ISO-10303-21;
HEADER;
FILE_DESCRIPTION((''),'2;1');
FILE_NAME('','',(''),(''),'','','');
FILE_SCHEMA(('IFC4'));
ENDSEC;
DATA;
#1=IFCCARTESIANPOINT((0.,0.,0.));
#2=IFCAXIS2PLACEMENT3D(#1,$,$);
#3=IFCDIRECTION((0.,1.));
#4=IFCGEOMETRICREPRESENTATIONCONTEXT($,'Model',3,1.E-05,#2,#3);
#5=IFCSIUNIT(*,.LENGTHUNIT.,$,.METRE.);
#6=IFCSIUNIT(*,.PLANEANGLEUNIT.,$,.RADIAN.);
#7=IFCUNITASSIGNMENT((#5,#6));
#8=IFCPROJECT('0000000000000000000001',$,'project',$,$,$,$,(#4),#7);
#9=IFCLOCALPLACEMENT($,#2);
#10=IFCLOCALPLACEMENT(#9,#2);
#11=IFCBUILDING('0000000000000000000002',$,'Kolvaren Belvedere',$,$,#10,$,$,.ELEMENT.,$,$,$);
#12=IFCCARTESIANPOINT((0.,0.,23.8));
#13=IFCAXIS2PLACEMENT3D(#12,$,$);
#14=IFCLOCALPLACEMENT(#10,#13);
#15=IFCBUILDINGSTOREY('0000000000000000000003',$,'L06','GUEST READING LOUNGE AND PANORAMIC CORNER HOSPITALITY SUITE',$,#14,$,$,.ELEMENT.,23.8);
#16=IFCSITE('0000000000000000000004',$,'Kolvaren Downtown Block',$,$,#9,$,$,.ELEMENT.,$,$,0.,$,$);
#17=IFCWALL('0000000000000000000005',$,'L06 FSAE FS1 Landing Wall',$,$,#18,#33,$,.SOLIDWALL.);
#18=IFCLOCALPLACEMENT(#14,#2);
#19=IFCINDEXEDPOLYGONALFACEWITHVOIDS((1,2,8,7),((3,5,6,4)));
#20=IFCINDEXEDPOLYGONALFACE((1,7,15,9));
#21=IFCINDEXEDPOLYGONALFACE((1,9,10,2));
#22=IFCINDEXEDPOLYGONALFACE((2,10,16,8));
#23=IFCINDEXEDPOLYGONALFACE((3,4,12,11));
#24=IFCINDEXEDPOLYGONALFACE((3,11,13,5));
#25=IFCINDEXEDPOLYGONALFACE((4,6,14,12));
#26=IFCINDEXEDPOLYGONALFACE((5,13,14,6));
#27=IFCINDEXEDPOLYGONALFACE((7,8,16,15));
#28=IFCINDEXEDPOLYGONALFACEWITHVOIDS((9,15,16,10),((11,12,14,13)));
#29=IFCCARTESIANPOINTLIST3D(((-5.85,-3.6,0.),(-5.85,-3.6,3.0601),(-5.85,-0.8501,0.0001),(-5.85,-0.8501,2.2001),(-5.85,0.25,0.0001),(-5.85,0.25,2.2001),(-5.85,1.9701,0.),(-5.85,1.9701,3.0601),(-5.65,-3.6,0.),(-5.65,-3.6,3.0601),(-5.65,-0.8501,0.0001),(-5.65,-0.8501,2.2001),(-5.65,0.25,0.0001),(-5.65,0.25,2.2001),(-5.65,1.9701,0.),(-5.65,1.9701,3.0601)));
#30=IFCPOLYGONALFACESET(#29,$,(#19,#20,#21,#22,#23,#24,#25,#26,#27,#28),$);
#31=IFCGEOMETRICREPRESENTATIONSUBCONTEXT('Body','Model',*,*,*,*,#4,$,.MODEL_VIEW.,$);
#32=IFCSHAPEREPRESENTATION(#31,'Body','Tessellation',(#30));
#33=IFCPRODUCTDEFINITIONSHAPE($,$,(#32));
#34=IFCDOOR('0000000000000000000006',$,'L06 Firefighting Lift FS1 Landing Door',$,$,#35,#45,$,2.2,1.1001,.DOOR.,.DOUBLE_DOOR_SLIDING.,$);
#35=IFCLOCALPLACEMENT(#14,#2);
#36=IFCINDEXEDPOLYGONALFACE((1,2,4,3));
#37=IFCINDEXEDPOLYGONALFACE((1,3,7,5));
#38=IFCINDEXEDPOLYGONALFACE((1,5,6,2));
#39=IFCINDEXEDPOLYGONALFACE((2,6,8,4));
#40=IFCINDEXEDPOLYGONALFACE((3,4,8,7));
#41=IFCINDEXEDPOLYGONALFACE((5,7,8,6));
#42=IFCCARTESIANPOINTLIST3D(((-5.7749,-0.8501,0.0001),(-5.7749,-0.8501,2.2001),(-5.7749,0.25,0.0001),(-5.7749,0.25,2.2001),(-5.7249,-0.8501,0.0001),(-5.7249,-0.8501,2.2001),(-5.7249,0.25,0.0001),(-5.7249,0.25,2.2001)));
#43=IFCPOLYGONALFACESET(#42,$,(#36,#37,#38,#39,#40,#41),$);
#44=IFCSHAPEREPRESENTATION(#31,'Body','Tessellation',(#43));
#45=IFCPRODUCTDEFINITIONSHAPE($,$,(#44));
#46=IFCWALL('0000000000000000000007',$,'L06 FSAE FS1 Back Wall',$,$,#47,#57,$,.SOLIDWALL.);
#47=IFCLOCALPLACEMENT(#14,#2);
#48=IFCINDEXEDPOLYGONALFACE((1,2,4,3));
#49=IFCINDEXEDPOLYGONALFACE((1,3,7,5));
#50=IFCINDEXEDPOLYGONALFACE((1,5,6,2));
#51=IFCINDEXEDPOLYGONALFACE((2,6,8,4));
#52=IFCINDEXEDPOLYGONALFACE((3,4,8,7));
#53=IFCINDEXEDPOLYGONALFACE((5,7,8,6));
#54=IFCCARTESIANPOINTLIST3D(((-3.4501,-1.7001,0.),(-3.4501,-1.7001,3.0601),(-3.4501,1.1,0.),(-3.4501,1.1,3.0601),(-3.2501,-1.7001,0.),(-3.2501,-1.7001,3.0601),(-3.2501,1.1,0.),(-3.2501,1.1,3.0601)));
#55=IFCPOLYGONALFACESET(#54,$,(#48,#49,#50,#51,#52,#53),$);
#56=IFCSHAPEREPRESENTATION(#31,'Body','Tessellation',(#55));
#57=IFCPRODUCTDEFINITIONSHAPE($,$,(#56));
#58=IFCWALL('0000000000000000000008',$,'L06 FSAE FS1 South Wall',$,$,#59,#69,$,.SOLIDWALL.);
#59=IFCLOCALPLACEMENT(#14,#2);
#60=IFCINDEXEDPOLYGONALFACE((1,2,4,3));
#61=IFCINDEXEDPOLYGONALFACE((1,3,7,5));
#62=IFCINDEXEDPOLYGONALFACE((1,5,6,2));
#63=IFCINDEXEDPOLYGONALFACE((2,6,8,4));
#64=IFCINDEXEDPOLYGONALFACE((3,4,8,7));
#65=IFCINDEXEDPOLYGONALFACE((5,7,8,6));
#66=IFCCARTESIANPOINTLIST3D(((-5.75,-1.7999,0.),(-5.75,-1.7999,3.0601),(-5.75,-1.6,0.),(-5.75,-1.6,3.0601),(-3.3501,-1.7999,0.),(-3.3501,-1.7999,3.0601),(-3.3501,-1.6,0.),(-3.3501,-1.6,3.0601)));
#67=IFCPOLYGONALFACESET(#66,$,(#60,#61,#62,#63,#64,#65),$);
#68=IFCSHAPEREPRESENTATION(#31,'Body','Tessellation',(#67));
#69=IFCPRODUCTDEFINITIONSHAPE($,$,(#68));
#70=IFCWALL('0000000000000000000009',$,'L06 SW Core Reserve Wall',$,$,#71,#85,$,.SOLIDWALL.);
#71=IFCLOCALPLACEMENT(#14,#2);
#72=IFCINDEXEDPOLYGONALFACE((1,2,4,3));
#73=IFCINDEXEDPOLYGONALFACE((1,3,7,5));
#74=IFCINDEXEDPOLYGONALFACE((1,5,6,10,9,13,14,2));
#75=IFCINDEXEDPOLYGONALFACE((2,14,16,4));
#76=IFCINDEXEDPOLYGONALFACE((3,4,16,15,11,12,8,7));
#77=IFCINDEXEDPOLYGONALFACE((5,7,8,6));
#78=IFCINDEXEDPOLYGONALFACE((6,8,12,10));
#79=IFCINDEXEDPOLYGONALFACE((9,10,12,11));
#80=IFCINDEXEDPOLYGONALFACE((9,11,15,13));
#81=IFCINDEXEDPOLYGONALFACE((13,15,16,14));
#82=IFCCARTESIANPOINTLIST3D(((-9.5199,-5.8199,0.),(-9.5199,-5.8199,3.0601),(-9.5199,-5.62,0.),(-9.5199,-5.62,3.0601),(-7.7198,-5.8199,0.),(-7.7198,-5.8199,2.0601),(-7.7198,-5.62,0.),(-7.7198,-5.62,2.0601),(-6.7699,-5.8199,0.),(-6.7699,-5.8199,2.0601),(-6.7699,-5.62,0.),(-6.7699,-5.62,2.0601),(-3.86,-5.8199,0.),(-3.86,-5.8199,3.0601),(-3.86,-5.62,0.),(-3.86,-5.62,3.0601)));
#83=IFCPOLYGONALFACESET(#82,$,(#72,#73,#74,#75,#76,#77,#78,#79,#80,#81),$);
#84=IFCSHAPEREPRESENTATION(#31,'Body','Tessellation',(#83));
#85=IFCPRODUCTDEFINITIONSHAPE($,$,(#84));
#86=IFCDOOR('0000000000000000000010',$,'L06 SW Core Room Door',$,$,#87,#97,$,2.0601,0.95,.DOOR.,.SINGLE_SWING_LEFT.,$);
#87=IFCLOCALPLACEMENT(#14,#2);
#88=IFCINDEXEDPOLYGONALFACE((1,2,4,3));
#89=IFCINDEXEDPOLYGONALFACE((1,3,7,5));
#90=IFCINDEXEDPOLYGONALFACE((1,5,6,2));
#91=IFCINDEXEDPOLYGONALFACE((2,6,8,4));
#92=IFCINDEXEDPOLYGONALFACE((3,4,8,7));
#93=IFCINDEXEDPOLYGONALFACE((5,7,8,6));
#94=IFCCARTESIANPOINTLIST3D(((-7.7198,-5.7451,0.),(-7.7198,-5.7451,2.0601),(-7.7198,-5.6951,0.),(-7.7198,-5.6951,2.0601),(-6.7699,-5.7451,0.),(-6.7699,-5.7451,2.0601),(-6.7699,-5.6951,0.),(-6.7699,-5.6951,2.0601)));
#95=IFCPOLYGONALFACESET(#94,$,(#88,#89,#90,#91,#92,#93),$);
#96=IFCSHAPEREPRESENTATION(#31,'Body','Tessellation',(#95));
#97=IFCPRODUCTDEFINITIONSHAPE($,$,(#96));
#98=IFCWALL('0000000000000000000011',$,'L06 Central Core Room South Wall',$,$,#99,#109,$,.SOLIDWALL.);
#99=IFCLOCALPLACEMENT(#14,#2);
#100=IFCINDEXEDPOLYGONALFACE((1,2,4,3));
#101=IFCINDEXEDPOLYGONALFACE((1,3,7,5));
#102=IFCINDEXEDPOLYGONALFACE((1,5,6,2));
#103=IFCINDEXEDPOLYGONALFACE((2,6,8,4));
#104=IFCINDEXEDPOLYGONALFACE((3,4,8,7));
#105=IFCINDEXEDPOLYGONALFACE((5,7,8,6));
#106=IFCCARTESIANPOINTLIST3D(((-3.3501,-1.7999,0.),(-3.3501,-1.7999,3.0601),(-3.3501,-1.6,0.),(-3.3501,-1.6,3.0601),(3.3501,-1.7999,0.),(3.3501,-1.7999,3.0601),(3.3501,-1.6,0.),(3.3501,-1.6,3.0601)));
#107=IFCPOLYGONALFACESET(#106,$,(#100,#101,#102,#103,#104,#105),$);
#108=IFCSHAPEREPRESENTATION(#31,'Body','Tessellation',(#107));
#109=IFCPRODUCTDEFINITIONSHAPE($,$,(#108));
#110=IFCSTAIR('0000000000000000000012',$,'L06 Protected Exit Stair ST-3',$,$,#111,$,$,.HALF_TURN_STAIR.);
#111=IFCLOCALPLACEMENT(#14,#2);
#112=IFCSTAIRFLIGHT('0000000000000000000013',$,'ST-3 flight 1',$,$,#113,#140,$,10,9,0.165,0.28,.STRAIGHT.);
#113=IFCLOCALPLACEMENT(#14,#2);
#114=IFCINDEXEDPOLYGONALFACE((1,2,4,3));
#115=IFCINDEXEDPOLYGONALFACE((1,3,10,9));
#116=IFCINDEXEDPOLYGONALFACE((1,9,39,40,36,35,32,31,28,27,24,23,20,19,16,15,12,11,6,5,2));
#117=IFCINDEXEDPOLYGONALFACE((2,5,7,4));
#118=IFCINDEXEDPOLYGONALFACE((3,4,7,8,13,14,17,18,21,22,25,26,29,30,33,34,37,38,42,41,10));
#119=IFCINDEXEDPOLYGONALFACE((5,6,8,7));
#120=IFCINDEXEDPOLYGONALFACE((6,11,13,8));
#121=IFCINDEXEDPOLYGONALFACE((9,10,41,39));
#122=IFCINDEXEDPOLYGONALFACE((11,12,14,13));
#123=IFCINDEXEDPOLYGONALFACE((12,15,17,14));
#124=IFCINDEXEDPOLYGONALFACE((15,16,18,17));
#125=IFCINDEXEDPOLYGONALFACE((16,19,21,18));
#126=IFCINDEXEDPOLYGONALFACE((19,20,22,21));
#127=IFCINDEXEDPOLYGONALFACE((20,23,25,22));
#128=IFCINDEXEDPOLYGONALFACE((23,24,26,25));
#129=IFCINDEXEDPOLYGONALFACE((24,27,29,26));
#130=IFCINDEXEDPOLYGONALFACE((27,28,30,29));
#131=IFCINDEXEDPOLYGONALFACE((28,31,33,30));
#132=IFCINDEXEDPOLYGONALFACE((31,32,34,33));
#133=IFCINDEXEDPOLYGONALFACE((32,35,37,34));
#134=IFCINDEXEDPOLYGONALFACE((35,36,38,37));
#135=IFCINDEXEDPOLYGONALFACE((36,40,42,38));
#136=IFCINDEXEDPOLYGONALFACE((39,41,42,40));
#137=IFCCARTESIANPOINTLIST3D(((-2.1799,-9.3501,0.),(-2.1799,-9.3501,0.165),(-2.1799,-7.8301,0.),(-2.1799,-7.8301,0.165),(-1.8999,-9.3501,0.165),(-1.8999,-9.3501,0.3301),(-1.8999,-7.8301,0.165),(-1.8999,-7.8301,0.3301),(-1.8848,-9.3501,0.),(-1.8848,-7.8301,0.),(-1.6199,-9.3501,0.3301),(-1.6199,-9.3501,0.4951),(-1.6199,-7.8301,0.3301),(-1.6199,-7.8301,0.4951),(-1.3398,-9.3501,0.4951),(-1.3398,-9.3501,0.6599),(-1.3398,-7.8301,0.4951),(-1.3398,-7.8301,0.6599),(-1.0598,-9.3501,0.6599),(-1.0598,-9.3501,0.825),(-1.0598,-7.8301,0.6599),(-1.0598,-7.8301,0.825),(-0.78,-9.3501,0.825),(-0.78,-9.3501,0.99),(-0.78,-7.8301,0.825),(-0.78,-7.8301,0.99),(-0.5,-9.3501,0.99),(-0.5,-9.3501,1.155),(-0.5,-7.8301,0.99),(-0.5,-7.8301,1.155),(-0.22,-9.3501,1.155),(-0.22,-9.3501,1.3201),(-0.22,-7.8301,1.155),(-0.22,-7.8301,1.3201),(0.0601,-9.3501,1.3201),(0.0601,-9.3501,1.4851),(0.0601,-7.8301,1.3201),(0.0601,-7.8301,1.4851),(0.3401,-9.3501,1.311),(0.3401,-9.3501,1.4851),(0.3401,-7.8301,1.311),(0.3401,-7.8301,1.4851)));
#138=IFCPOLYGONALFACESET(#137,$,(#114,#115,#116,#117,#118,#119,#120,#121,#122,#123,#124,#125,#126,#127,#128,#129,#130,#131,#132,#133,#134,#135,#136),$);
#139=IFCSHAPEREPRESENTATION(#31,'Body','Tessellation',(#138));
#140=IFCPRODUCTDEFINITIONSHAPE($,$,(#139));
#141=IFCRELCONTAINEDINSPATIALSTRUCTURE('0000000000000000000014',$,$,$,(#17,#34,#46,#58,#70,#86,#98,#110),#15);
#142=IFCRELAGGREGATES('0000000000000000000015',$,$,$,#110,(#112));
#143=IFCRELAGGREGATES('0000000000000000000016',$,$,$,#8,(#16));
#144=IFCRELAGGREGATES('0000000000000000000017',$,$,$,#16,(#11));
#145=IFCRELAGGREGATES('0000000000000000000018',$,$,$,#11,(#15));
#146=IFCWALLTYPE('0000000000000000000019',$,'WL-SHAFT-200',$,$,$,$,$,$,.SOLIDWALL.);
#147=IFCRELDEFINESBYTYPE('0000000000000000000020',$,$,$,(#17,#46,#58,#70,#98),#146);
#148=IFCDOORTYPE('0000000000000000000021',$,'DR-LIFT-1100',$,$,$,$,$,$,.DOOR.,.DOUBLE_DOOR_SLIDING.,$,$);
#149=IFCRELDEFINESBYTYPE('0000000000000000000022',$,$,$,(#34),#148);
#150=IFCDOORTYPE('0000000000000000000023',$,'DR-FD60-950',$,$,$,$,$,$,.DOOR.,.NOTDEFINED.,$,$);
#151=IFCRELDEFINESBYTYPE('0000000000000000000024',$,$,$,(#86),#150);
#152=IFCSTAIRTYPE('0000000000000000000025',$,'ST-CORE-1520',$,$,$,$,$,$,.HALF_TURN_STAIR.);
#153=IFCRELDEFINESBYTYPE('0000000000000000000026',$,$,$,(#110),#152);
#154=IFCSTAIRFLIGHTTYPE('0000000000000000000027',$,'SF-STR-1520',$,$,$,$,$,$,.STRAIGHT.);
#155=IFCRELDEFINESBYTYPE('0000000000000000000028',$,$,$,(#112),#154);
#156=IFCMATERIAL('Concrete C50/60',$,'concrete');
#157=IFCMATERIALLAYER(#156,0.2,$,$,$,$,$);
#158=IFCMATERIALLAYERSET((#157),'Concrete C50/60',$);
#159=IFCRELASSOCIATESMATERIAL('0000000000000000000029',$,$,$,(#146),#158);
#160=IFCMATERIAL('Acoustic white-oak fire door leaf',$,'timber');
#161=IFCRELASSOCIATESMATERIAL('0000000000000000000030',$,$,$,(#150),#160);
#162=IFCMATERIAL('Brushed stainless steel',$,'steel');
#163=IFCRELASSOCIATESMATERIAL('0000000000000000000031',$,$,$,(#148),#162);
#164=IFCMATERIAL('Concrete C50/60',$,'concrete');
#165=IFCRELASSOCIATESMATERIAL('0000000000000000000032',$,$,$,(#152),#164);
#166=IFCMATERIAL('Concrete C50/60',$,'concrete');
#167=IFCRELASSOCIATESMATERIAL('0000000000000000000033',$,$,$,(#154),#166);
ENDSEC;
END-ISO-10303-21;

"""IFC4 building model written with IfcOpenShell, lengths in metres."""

from ifc_helpers import new_model, si_unit, direction, frame, frame_2d, origin, place, context, subcontext, project, spatial, polyline, rectangle, outline, extrude, material, layer, layer_set, type_object, element, fill, aggregate, save


model = new_model("IFC4")

# Units and contexts
model_context = context("Model", 3, precision=1e-05, world=origin(), true_north=direction((0.0, 1.0)))
body_context = subcontext(model_context, "Body", "Model", "MODEL_VIEW")
ifc_project = project(units=[si_unit("LENGTHUNIT", "METRE"), si_unit("PLANEANGLEUNIT", "RADIAN")], contexts=[model_context])

# Site, building, storey
site_placement = place(None, origin())
site = spatial("IfcSite", under=ifc_project, at=site_placement, Name="Kolvaren Downtown Block", CompositionType="ELEMENT", RefElevation=0.0)
building_placement = place(site_placement, origin())
building = spatial("IfcBuilding", under=site, at=building_placement, Name="Kolvaren Belvedere", CompositionType="ELEMENT")
storey_placement = place(building_placement, frame((0.0, 0.0, 23.8)))
storey = spatial("IfcBuildingStorey", under=building, at=storey_placement, Name="L06", Description="GUEST READING LOUNGE AND PANORAMIC CORNER HOSPITALITY SUITE", CompositionType="ELEMENT", Elevation=23.8)

# Wall, opening, door
ifc_material_1 = material(Name="Concrete C50/60", Category="concrete")
ifc_layer_1 = layer(ifc_material_1, 0.2)
ifc_layer_set_1 = layer_set([ifc_layer_1], Name="Concrete C50/60")
wall_type_1 = type_object("IfcWallType", Name="WL-SHAFT-200", PredefinedType="SOLIDWALL", material=ifc_layer_set_1)
ifc_material_2 = material(Name="Acoustic white-oak fire door leaf", Category="timber")
door_type_1 = type_object("IfcDoorType", Name="DR-FD60-950", OperationType="NOTDEFINED", PredefinedType="DOOR", material=ifc_material_2)
wall_1_placement = place(storey_placement, frame((-5.75, -3.6001, 0.0), z_axis=(0.0, 0.0, 1.0), x_axis=(0.0, 1.0, 0.0)))
wall_1 = element("IfcWall", 1, at=wall_1_placement, inside=storey, type_object=wall_type_1, Name="L06 FSAE FS1 Landing Wall", PredefinedType="SOLIDWALL", context=body_context, shape_type="SweptSolid", body=[
    extrude(rectangle(XDim=5.5701, YDim=0.2, at=frame_2d((2.7852, 0.0))), origin(), (0.0, 0.0, 1.0), 3.0601),
])
opening_1_placement = place(wall_1_placement, frame((2.75, 0.0, 0.0)))
opening_1 = element("IfcOpeningElement", 2, at=opening_1_placement, cuts=wall_1, PredefinedType="OPENING", context=body_context, shape_type="SweptSolid", body=[
    extrude(rectangle(XDim=1.1001, YDim=2.2, at=frame_2d((0.55, 1.1001))), frame((0.0, 0.1099, 0.0), z_axis=(0.0, -1.0, 0.0), x_axis=(1.0, 0.0, 0.0)), (0.0, 0.0, 1.0), 0.22),
])
ifc_material_3 = material(Name="Brushed stainless steel", Category="steel")
door_type_2 = type_object("IfcDoorType", Name="DR-LIFT-1100", OperationType="DOUBLE_DOOR_SLIDING", PredefinedType="DOOR", material=ifc_material_3)
door_1_placement = place(opening_1_placement, origin())
door_1 = element("IfcDoor", 3, at=door_1_placement, inside=storey, type_object=door_type_2, Name="L06 Firefighting Lift FS1 Landing Door", OperationType="DOUBLE_DOOR_SLIDING", OverallHeight=2.2, OverallWidth=1.1001, PredefinedType="DOOR", context=body_context, shape_type="SweptSolid", body=[
    extrude(rectangle(XDim=1.1001, YDim=2.2, at=frame_2d((0.55, 1.1001))), frame((0.0, 0.0249, 0.0), z_axis=(0.0, -1.0, 0.0), x_axis=(1.0, 0.0, 0.0)), (0.0, 0.0, 1.0), 0.05),
])
fill(opening_1, door_1)

# Walls
wall_2_placement = place(storey_placement, frame((-3.3501, -1.7, 0.0), z_axis=(0.0, 0.0, 1.0), x_axis=(0.0, 1.0, 0.0)))
element("IfcWall", 4, at=wall_2_placement, inside=storey, type_object=wall_type_1, Name="L06 FSAE FS1 Back Wall", PredefinedType="SOLIDWALL", context=body_context, shape_type="SweptSolid", body=[
    extrude(rectangle(XDim=2.8, YDim=0.2, at=frame_2d((1.3999, 0.0))), origin(), (0.0, 0.0, 1.0), 3.0601),
])
wall_3_placement = place(storey_placement, frame((-5.75, -1.7, 0.0), z_axis=(0.0, 0.0, 1.0), x_axis=(1.0, 0.0, 0.0)))
element("IfcWall", 5, at=wall_3_placement, inside=storey, type_object=wall_type_1, Name="L06 FSAE FS1 South Wall", PredefinedType="SOLIDWALL", context=body_context, shape_type="SweptSolid", body=[
    extrude(rectangle(XDim=2.3999, YDim=0.2, at=frame_2d((1.2, 0.0))), origin(), (0.0, 0.0, 1.0), 3.0601),
])

# Wall, opening, door
wall_4_placement = place(storey_placement, frame((-9.52, -5.72, 0.0), z_axis=(0.0, 0.0, 1.0), x_axis=(1.0, 0.0, 0.0)))
wall_4 = element("IfcWall", 6, at=wall_4_placement, inside=storey, type_object=wall_type_1, Name="L06 SW Core Reserve Wall", PredefinedType="SOLIDWALL", context=body_context, shape_type="SweptSolid", body=[
    extrude(rectangle(XDim=5.6599, YDim=0.2, at=frame_2d((2.8301, 0.0))), origin(), (0.0, 0.0, 1.0), 3.0601),
])
opening_2_placement = place(wall_4_placement, frame((1.8, 0.0, 0.0)))
opening_2 = element("IfcOpeningElement", 7, at=opening_2_placement, cuts=wall_4, PredefinedType="OPENING", context=body_context, shape_type="SweptSolid", body=[
    extrude(rectangle(XDim=0.95, YDim=2.0601, at=frame_2d((0.4751, 1.03))), frame((0.0, 0.1099, 0.0), z_axis=(0.0, -1.0, 0.0), x_axis=(1.0, 0.0, 0.0)), (0.0, 0.0, 1.0), 0.22),
])
door_2_placement = place(opening_2_placement, origin())
door_2 = element("IfcDoor", 8, at=door_2_placement, inside=storey, type_object=door_type_1, Name="L06 SW Core Room Door", OperationType="SINGLE_SWING_LEFT", OverallHeight=2.0601, OverallWidth=0.95, PredefinedType="DOOR", context=body_context, shape_type="SweptSolid", body=[
    extrude(rectangle(XDim=0.95, YDim=2.0601, at=frame_2d((0.4751, 1.03))), frame((0.0, 0.0249, 0.0), z_axis=(0.0, -1.0, 0.0), x_axis=(1.0, 0.0, 0.0)), (0.0, 0.0, 1.0), 0.05),
])
fill(opening_2, door_2)

# Wall
wall_5_placement = place(storey_placement, frame((-3.3501, -1.7, 0.0), z_axis=(0.0, 0.0, 1.0), x_axis=(1.0, 0.0, 0.0)))
element("IfcWall", 9, at=wall_5_placement, inside=storey, type_object=wall_type_1, Name="L06 Central Core Room South Wall", PredefinedType="SOLIDWALL", context=body_context, shape_type="SweptSolid", body=[
    extrude(rectangle(XDim=6.7002, YDim=0.2, at=frame_2d((3.3501, 0.0))), origin(), (0.0, 0.0, 1.0), 3.0601),
])

# Stair, stair flight
ifc_material_4 = material(Name="Concrete C50/60", Category="concrete")
stair_type = type_object("IfcStairType", Name="ST-CORE-1520", PredefinedType="HALF_TURN_STAIR", material=ifc_material_4)
stair_placement = place(storey_placement, origin())
stair = element("IfcStair", 10, at=stair_placement, inside=storey, type_object=stair_type, Name="L06 Protected Exit Stair ST-3", PredefinedType="HALF_TURN_STAIR")
ifc_material_5 = material(Name="Concrete C50/60", Category="concrete")
stair_flight_type = type_object("IfcStairFlightType", Name="SF-STR-1520", PredefinedType="STRAIGHT", material=ifc_material_5)
stair_flight_placement = place(storey_placement, frame((-2.1799, -8.5901, 0.0), z_axis=(0.0, 0.0, 1.0), x_axis=(1.0, 0.0, 0.0)))
stair_flight = element("IfcStairFlight", 11, at=stair_flight_placement, type_object=stair_flight_type, Name="ST-3 flight 1", NumberOfRisers=10, NumberOfTreads=9, PredefinedType="STRAIGHT", RiserHeight=0.165, TreadLength=0.28, context=body_context, shape_type="SweptSolid", body=[
    extrude(outline(polyline([(0.0, 0.0), (0.0, 0.165), (0.28, 0.165), (0.28, 0.3301), (0.5601, 0.3301), (0.5601, 0.4951), (0.8401, 0.4951), (0.8401, 0.6599), (1.1201, 0.6599), (1.1201, 0.825), (1.3999, 0.825), (1.3999, 0.99), (1.6799, 0.99), (1.6799, 1.155), (1.96, 1.155), (1.96, 1.3201), (2.24, 1.3201), (2.24, 1.4851), (2.52, 1.4851), (2.52, 1.6499), (2.52, 1.311), (0.2952, 0.0), (0.0, 0.0)])), frame((0.0, 0.76, 0.0), z_axis=(0.0, -1.0, 0.0), x_axis=(1.0, 0.0, 0.0)), (0.0, 0.0, 1.0), 1.52),
])
aggregate(stair, [stair_flight])

save(model, "model.ifc")
